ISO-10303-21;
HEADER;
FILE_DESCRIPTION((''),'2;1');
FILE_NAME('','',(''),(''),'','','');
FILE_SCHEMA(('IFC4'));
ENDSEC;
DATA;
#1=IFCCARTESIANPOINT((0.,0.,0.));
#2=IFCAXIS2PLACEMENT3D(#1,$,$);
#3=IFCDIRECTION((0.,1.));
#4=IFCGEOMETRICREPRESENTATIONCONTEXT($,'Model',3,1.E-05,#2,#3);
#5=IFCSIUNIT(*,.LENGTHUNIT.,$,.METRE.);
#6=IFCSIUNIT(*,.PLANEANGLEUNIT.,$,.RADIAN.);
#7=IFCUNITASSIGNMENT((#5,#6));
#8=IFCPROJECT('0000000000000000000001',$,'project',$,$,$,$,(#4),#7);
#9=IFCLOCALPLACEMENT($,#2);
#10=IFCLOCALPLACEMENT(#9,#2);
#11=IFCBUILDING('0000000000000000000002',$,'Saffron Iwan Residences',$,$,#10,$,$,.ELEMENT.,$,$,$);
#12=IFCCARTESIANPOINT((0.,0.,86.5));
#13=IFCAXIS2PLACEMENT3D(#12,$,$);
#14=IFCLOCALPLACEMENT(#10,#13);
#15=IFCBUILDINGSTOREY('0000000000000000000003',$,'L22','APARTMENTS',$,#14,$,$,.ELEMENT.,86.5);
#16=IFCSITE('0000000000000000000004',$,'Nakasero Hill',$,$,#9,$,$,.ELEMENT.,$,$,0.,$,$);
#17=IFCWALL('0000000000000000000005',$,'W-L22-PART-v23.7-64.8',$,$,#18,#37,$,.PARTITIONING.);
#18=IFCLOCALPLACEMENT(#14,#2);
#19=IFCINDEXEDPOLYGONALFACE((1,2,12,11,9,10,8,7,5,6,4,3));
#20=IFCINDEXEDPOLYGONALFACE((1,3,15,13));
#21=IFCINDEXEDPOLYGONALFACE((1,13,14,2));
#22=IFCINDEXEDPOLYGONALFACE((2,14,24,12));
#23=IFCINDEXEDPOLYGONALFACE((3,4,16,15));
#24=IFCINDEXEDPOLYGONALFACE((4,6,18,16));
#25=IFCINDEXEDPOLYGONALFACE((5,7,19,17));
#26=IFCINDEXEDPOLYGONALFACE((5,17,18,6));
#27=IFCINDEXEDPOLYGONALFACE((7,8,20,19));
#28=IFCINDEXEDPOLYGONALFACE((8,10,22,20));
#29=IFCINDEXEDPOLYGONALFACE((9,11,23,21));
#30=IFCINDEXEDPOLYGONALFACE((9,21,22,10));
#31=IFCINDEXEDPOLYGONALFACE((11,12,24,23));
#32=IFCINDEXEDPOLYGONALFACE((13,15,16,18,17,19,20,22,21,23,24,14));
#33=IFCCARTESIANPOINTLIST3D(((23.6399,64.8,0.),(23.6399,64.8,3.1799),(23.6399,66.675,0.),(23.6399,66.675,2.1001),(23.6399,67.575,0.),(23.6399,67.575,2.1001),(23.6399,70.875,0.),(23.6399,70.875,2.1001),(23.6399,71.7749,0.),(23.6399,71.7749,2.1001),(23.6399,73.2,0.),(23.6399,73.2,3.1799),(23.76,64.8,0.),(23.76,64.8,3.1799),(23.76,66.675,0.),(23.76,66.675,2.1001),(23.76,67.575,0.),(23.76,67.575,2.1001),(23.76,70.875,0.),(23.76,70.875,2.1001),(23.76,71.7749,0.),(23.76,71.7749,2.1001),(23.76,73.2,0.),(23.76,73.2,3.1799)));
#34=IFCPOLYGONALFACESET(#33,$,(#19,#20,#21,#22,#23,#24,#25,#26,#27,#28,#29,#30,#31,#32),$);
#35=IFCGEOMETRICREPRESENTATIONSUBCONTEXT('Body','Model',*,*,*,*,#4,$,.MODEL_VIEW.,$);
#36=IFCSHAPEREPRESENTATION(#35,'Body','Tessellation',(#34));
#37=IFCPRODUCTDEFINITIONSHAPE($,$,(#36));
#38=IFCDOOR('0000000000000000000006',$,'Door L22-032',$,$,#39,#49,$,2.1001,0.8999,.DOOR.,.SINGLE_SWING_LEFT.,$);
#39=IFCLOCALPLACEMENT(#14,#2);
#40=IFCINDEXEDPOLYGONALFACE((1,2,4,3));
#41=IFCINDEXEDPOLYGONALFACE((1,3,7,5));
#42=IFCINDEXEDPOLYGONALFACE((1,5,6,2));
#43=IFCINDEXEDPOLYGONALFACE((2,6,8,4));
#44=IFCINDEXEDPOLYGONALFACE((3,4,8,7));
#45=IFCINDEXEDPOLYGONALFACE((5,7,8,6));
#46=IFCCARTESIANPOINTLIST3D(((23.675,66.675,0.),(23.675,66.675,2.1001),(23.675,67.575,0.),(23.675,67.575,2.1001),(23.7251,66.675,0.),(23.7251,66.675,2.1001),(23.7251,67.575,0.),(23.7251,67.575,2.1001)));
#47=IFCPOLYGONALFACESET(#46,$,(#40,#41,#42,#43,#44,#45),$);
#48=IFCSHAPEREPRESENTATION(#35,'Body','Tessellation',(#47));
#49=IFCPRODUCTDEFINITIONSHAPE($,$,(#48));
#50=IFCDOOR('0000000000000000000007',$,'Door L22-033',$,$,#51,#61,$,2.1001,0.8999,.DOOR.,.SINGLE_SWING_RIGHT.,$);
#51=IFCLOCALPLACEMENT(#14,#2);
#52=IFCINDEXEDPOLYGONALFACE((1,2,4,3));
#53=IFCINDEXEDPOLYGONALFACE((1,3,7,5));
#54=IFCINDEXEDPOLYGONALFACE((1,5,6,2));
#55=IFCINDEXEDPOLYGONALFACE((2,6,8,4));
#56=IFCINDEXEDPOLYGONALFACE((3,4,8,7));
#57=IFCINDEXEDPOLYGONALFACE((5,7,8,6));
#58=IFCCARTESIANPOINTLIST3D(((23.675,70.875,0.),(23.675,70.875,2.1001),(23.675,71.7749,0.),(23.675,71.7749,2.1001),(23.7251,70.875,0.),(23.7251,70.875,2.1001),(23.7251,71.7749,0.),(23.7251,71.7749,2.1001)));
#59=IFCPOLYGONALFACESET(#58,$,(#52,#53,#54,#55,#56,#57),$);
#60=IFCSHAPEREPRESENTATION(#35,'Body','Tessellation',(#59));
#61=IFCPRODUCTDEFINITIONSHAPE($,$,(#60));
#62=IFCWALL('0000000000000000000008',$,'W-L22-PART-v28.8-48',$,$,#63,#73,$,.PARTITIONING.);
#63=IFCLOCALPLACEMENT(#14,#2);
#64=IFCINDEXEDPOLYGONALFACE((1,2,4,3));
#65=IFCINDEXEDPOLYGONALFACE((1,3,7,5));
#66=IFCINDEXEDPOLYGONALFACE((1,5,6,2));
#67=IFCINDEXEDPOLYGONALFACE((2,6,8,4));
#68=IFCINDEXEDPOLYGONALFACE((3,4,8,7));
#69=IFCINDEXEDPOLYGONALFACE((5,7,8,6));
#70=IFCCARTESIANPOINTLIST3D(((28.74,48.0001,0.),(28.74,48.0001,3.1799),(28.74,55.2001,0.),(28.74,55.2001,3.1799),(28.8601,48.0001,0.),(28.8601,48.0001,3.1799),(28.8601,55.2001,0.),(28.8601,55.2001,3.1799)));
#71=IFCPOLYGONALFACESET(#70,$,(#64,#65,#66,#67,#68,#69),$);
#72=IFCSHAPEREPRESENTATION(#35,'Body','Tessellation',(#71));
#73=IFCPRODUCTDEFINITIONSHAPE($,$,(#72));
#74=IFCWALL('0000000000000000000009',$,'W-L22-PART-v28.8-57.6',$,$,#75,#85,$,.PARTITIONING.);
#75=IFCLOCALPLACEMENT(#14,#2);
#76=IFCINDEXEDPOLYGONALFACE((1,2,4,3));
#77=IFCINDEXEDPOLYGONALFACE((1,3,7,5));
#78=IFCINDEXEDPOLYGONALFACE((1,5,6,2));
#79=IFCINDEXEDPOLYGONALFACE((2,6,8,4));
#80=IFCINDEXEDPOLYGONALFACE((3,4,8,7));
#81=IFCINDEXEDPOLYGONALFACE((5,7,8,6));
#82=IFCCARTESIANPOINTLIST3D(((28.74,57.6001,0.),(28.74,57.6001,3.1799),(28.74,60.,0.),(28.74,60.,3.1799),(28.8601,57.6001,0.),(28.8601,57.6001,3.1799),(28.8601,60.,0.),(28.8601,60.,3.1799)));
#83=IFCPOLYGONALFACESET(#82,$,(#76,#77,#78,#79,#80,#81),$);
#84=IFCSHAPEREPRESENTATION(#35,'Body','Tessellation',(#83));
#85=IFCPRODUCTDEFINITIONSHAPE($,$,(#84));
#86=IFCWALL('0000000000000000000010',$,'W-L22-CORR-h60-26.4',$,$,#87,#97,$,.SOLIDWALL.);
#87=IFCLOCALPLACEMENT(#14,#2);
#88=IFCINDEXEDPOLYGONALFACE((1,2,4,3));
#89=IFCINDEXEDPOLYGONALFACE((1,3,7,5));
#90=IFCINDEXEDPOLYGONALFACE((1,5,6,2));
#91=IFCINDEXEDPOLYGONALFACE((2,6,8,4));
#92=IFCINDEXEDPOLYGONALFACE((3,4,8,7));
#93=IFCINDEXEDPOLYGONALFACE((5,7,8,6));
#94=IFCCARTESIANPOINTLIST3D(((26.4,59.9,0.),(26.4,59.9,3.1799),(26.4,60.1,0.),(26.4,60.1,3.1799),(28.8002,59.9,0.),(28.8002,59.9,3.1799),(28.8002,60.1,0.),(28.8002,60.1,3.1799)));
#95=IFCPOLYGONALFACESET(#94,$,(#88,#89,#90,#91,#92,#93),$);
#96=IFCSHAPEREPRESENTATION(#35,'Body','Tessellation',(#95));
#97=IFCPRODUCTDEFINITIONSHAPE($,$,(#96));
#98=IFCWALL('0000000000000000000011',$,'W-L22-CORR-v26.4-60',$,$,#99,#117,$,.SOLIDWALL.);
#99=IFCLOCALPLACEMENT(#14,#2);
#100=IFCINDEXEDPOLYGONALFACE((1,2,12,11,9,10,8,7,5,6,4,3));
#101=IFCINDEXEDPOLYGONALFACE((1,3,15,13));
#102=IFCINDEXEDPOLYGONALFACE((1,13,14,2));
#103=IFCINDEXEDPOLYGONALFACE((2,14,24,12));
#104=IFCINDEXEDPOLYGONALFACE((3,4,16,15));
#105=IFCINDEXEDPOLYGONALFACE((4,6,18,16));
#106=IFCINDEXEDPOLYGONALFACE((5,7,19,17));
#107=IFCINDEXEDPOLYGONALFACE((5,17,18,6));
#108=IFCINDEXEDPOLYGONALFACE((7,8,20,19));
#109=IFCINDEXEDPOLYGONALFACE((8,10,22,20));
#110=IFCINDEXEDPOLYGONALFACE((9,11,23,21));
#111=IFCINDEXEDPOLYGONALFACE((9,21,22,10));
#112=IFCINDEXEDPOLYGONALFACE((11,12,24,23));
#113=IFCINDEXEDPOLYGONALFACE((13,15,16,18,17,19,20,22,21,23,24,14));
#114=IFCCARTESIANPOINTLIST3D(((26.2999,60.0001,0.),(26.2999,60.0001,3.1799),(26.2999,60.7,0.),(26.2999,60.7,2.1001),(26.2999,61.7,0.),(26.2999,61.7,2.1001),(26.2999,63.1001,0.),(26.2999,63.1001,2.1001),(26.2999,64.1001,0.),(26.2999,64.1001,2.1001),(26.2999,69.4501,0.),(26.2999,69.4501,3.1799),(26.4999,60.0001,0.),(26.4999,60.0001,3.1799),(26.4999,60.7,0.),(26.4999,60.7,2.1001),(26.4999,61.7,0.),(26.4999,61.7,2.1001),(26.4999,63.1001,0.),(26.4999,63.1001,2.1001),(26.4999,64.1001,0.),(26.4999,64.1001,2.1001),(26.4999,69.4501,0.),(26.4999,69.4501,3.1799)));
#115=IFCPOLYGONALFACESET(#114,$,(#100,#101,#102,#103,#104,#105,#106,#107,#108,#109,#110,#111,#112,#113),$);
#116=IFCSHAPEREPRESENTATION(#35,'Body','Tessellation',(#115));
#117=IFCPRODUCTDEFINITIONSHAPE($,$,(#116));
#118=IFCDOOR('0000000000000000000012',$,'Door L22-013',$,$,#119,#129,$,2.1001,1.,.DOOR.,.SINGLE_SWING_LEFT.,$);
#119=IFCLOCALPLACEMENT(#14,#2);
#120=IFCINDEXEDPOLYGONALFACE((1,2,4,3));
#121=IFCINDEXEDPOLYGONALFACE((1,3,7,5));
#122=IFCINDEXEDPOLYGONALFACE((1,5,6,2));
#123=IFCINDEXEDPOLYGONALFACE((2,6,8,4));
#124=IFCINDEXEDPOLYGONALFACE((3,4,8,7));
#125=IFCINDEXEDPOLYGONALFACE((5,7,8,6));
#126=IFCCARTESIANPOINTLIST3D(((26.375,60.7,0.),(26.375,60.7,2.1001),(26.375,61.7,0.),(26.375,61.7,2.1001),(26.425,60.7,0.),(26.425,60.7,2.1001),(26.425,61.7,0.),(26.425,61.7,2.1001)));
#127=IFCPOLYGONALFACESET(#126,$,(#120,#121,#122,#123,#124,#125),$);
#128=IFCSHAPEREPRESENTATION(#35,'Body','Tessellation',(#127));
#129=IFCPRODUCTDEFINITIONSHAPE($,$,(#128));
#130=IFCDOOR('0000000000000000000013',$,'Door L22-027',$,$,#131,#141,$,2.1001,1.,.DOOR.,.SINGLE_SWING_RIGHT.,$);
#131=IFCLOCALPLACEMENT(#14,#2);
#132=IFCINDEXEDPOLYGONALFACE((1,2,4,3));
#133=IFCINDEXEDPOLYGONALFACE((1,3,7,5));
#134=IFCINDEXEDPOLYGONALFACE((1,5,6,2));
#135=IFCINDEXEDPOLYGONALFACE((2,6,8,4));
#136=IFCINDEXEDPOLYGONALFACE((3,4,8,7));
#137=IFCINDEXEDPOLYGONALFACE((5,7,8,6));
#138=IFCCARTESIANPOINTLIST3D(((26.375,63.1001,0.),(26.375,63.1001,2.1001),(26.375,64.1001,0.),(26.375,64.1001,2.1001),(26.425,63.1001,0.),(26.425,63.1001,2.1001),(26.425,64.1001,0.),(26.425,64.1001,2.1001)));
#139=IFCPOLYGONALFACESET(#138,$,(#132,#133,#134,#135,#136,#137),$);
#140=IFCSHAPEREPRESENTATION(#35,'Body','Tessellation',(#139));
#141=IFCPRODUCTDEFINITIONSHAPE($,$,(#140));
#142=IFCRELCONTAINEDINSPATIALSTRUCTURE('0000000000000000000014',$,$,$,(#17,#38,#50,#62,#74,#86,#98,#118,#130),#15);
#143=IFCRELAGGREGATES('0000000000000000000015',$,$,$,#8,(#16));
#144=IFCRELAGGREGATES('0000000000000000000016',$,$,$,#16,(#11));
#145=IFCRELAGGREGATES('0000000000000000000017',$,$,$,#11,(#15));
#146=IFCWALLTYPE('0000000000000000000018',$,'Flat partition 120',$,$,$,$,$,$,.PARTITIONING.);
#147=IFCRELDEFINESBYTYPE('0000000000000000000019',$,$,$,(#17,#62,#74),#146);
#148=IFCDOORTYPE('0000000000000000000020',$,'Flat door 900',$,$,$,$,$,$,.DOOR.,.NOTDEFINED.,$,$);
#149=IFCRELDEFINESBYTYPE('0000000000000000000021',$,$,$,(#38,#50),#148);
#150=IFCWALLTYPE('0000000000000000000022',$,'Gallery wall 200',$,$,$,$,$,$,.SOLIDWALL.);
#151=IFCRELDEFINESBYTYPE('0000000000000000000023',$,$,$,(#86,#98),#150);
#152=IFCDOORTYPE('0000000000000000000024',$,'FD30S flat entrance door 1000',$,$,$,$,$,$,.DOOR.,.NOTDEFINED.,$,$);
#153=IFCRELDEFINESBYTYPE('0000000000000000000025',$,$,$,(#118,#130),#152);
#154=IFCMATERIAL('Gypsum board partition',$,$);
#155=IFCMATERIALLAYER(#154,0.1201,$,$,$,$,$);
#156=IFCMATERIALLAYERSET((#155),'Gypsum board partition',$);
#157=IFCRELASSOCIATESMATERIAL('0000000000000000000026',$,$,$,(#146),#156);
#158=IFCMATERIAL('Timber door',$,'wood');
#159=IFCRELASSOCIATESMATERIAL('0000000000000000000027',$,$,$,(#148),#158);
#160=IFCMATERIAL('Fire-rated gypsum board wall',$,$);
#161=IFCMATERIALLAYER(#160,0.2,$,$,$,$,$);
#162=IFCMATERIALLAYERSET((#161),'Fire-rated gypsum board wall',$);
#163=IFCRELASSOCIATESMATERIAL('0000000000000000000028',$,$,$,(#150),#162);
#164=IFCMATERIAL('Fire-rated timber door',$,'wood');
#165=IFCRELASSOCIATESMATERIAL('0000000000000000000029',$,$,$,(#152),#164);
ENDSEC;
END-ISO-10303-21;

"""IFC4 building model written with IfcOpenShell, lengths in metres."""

from ifc_helpers import new_model, si_unit, direction, frame, frame_2d, origin, place, context, subcontext, project, spatial, rectangle, extrude, material, layer, layer_set, type_object, element, fill, save


model = new_model("IFC4")

# Units and contexts
model_context = context("Model", 3, precision=1e-05, world=origin(), true_north=direction((0.0, 1.0)))
body_context = subcontext(model_context, "Body", "Model", "MODEL_VIEW")
ifc_project = project(units=[si_unit("LENGTHUNIT", "METRE"), si_unit("PLANEANGLEUNIT", "RADIAN")], contexts=[model_context])

# Site, building, storey
site_placement = place(None, origin())
site = spatial("IfcSite", under=ifc_project, at=site_placement, Name="Nakasero Hill", CompositionType="ELEMENT", RefElevation=0.0)
building_placement = place(site_placement, origin())
building = spatial("IfcBuilding", under=site, at=building_placement, Name="Saffron Iwan Residences", CompositionType="ELEMENT")
storey_placement = place(building_placement, frame((0.0, 0.0, 86.5)))
storey = spatial("IfcBuildingStorey", under=building, at=storey_placement, Name="L22", Description="APARTMENTS", CompositionType="ELEMENT", Elevation=86.5)

# Shared definitions
ifc_material_1 = material(Name="Gypsum board partition")
ifc_layer_1 = layer(ifc_material_1, 0.1201)
ifc_layer_set_1 = layer_set([ifc_layer_1], Name="Gypsum board partition")
wall_type_1 = type_object("IfcWallType", Name="Flat partition 120", PredefinedType="PARTITIONING", material=ifc_layer_set_1)
ifc_material_2 = material(Name="Timber door", Category="wood")

# Wall, openings, doors
wall_1_placement = place(storey_placement, frame((23.7, 64.8, 0.0), z_axis=(0.0, 0.0, 1.0), x_axis=(0.0, 1.0, 0.0)))
wall_1 = element("IfcWall", 1, at=wall_1_placement, inside=storey, type_object=wall_type_1, Name="W-L22-PART-v23.7-64.8", PredefinedType="PARTITIONING", context=body_context, shape_type="SweptSolid", body=[
    extrude(rectangle(XDim=8.3999, YDim=0.1201, at=frame_2d((4.2, 0.0))), origin(), (0.0, 0.0, 1.0), 3.1799),
])
opening_1_placement = place(wall_1_placement, frame((1.875, 0.0, 0.0)))
opening_1 = element("IfcOpeningElement", 2, at=opening_1_placement, cuts=wall_1, PredefinedType="OPENING", context=body_context, shape_type="SweptSolid", body=[
    extrude(rectangle(XDim=0.8999, YDim=2.1001, at=frame_2d((0.45, 1.05))), frame((0.0, 0.0701, 0.0), z_axis=(0.0, -1.0, 0.0), x_axis=(1.0, 0.0, 0.0)), (0.0, 0.0, 1.0), 0.1401),
])
opening_2_placement = place(wall_1_placement, frame((6.075, 0.0, 0.0)))
opening_2 = element("IfcOpeningElement", 3, at=opening_2_placement, cuts=wall_1, PredefinedType="OPENING", context=body_context, shape_type="SweptSolid", body=[
    extrude(rectangle(XDim=0.8999, YDim=2.1001, at=frame_2d((0.45, 1.05))), frame((0.0, 0.0701, 0.0), z_axis=(0.0, -1.0, 0.0), x_axis=(1.0, 0.0, 0.0)), (0.0, 0.0, 1.0), 0.1401),
])
door_type_1 = type_object("IfcDoorType", Name="Flat door 900", OperationType="NOTDEFINED", PredefinedType="DOOR", material=ifc_material_2)
door_1_placement = place(opening_1_placement, origin())
door_1 = element("IfcDoor", 4, at=door_1_placement, inside=storey, type_object=door_type_1, Name="Door L22-032", OperationType="SINGLE_SWING_LEFT", OverallHeight=2.1001, OverallWidth=0.8999, PredefinedType="DOOR", context=body_context, shape_type="SweptSolid", body=[
    extrude(rectangle(XDim=0.8999, YDim=2.1001, at=frame_2d((0.45, 1.05))), frame((0.0, 0.0249, 0.0), z_axis=(0.0, -1.0, 0.0), x_axis=(1.0, 0.0, 0.0)), (0.0, 0.0, 1.0), 0.05),
])
fill(opening_1, door_1)
door_2_placement = place(opening_2_placement, origin())
door_2 = element("IfcDoor", 5, at=door_2_placement, inside=storey, type_object=door_type_1, Name="Door L22-033", OperationType="SINGLE_SWING_RIGHT", OverallHeight=2.1001, OverallWidth=0.8999, PredefinedType="DOOR", context=body_context, shape_type="SweptSolid", body=[
    extrude(rectangle(XDim=0.8999, YDim=2.1001, at=frame_2d((0.45, 1.05))), frame((0.0, 0.0249, 0.0), z_axis=(0.0, -1.0, 0.0), x_axis=(1.0, 0.0, 0.0)), (0.0, 0.0, 1.0), 0.05),
])
fill(opening_2, door_2)

# Walls
wall_2_placement = place(storey_placement, frame((28.8, 48.0, 0.0), z_axis=(0.0, 0.0, 1.0), x_axis=(0.0, 1.0, 0.0)))
element("IfcWall", 6, at=wall_2_placement, inside=storey, type_object=wall_type_1, Name="W-L22-PART-v28.8-48", PredefinedType="PARTITIONING", context=body_context, shape_type="SweptSolid", body=[
    extrude(rectangle(XDim=7.2, YDim=0.1201, at=frame_2d((3.6001, 0.0))), origin(), (0.0, 0.0, 1.0), 3.1799),
])
wall_3_placement = place(storey_placement, frame((28.8, 57.6001, 0.0), z_axis=(0.0, 0.0, 1.0), x_axis=(0.0, 1.0, 0.0)))
element("IfcWall", 7, at=wall_3_placement, inside=storey, type_object=wall_type_1, Name="W-L22-PART-v28.8-57.6", PredefinedType="PARTITIONING", context=body_context, shape_type="SweptSolid", body=[
    extrude(rectangle(XDim=2.3999, YDim=0.1201, at=frame_2d((1.2, 0.0))), origin(), (0.0, 0.0, 1.0), 3.1799),
])
ifc_material_3 = material(Name="Fire-rated gypsum board wall")
ifc_layer_2 = layer(ifc_material_3, 0.2)
ifc_layer_set_2 = layer_set([ifc_layer_2], Name="Fire-rated gypsum board wall")
wall_type_2 = type_object("IfcWallType", Name="Gallery wall 200", PredefinedType="SOLIDWALL", material=ifc_layer_set_2)
wall_4_placement = place(storey_placement, frame((26.3999, 60.0, 0.0), z_axis=(0.0, 0.0, 1.0), x_axis=(1.0, 0.0, 0.0)))
element("IfcWall", 8, at=wall_4_placement, inside=storey, type_object=wall_type_2, Name="W-L22-CORR-h60-26.4", PredefinedType="SOLIDWALL", context=body_context, shape_type="SweptSolid", body=[
    extrude(rectangle(XDim=2.4001, YDim=0.2, at=frame_2d((1.2002, 0.0))), origin(), (0.0, 0.0, 1.0), 3.1799),
])

# Wall, openings, doors
wall_5_placement = place(storey_placement, frame((26.3999, 60.0, 0.0), z_axis=(0.0, 0.0, 1.0), x_axis=(0.0, 1.0, 0.0)))
wall_5 = element("IfcWall", 9, at=wall_5_placement, inside=storey, type_object=wall_type_2, Name="W-L22-CORR-v26.4-60", PredefinedType="SOLIDWALL", context=body_context, shape_type="SweptSolid", body=[
    extrude(rectangle(XDim=9.45, YDim=0.2, at=frame_2d((4.7251, 0.0))), origin(), (0.0, 0.0, 1.0), 3.1799),
])
opening_3_placement = place(wall_5_placement, frame((0.7, 0.0, 0.0)))
opening_3 = element("IfcOpeningElement", 10, at=opening_3_placement, cuts=wall_5, PredefinedType="OPENING", context=body_context, shape_type="SweptSolid", body=[
    extrude(rectangle(XDim=1.0, YDim=2.1001, at=frame_2d((0.5, 1.05))), frame((0.0, 0.1099, 0.0), z_axis=(0.0, -1.0, 0.0), x_axis=(1.0, 0.0, 0.0)), (0.0, 0.0, 1.0), 0.22),
])
opening_4_placement = place(wall_5_placement, frame((3.1001, 0.0, 0.0)))
opening_4 = element("IfcOpeningElement", 11, at=opening_4_placement, cuts=wall_5, PredefinedType="OPENING", context=body_context, shape_type="SweptSolid", body=[
    extrude(rectangle(XDim=1.0, YDim=2.1001, at=frame_2d((0.5, 1.05))), frame((0.0, 0.1099, 0.0), z_axis=(0.0, -1.0, 0.0), x_axis=(1.0, 0.0, 0.0)), (0.0, 0.0, 1.0), 0.22),
])
ifc_material_4 = material(Name="Fire-rated timber door", Category="wood")
door_type_2 = type_object("IfcDoorType", Name="FD30S flat entrance door 1000", OperationType="NOTDEFINED", PredefinedType="DOOR", material=ifc_material_4)
door_3_placement = place(opening_3_placement, origin())
door_3 = element("IfcDoor", 12, at=door_3_placement, inside=storey, type_object=door_type_2, Name="Door L22-013", OperationType="SINGLE_SWING_LEFT", OverallHeight=2.1001, OverallWidth=1.0, PredefinedType="DOOR", context=body_context, shape_type="SweptSolid", body=[
    extrude(rectangle(XDim=1.0, YDim=2.1001, at=frame_2d((0.5, 1.05))), frame((0.0, 0.0249, 0.0), z_axis=(0.0, -1.0, 0.0), x_axis=(1.0, 0.0, 0.0)), (0.0, 0.0, 1.0), 0.05),
])
fill(opening_3, door_3)
door_4_placement = place(opening_4_placement, origin())
door_4 = element("IfcDoor", 13, at=door_4_placement, inside=storey, type_object=door_type_2, Name="Door L22-027", OperationType="SINGLE_SWING_RIGHT", OverallHeight=2.1001, OverallWidth=1.0, PredefinedType="DOOR", context=body_context, shape_type="SweptSolid", body=[
    extrude(rectangle(XDim=1.0, YDim=2.1001, at=frame_2d((0.5, 1.05))), frame((0.0, 0.0249, 0.0), z_axis=(0.0, -1.0, 0.0), x_axis=(1.0, 0.0, 0.0)), (0.0, 0.0, 1.0), 0.05),
])
fill(opening_4, door_4)

save(model, "model.ifc")
